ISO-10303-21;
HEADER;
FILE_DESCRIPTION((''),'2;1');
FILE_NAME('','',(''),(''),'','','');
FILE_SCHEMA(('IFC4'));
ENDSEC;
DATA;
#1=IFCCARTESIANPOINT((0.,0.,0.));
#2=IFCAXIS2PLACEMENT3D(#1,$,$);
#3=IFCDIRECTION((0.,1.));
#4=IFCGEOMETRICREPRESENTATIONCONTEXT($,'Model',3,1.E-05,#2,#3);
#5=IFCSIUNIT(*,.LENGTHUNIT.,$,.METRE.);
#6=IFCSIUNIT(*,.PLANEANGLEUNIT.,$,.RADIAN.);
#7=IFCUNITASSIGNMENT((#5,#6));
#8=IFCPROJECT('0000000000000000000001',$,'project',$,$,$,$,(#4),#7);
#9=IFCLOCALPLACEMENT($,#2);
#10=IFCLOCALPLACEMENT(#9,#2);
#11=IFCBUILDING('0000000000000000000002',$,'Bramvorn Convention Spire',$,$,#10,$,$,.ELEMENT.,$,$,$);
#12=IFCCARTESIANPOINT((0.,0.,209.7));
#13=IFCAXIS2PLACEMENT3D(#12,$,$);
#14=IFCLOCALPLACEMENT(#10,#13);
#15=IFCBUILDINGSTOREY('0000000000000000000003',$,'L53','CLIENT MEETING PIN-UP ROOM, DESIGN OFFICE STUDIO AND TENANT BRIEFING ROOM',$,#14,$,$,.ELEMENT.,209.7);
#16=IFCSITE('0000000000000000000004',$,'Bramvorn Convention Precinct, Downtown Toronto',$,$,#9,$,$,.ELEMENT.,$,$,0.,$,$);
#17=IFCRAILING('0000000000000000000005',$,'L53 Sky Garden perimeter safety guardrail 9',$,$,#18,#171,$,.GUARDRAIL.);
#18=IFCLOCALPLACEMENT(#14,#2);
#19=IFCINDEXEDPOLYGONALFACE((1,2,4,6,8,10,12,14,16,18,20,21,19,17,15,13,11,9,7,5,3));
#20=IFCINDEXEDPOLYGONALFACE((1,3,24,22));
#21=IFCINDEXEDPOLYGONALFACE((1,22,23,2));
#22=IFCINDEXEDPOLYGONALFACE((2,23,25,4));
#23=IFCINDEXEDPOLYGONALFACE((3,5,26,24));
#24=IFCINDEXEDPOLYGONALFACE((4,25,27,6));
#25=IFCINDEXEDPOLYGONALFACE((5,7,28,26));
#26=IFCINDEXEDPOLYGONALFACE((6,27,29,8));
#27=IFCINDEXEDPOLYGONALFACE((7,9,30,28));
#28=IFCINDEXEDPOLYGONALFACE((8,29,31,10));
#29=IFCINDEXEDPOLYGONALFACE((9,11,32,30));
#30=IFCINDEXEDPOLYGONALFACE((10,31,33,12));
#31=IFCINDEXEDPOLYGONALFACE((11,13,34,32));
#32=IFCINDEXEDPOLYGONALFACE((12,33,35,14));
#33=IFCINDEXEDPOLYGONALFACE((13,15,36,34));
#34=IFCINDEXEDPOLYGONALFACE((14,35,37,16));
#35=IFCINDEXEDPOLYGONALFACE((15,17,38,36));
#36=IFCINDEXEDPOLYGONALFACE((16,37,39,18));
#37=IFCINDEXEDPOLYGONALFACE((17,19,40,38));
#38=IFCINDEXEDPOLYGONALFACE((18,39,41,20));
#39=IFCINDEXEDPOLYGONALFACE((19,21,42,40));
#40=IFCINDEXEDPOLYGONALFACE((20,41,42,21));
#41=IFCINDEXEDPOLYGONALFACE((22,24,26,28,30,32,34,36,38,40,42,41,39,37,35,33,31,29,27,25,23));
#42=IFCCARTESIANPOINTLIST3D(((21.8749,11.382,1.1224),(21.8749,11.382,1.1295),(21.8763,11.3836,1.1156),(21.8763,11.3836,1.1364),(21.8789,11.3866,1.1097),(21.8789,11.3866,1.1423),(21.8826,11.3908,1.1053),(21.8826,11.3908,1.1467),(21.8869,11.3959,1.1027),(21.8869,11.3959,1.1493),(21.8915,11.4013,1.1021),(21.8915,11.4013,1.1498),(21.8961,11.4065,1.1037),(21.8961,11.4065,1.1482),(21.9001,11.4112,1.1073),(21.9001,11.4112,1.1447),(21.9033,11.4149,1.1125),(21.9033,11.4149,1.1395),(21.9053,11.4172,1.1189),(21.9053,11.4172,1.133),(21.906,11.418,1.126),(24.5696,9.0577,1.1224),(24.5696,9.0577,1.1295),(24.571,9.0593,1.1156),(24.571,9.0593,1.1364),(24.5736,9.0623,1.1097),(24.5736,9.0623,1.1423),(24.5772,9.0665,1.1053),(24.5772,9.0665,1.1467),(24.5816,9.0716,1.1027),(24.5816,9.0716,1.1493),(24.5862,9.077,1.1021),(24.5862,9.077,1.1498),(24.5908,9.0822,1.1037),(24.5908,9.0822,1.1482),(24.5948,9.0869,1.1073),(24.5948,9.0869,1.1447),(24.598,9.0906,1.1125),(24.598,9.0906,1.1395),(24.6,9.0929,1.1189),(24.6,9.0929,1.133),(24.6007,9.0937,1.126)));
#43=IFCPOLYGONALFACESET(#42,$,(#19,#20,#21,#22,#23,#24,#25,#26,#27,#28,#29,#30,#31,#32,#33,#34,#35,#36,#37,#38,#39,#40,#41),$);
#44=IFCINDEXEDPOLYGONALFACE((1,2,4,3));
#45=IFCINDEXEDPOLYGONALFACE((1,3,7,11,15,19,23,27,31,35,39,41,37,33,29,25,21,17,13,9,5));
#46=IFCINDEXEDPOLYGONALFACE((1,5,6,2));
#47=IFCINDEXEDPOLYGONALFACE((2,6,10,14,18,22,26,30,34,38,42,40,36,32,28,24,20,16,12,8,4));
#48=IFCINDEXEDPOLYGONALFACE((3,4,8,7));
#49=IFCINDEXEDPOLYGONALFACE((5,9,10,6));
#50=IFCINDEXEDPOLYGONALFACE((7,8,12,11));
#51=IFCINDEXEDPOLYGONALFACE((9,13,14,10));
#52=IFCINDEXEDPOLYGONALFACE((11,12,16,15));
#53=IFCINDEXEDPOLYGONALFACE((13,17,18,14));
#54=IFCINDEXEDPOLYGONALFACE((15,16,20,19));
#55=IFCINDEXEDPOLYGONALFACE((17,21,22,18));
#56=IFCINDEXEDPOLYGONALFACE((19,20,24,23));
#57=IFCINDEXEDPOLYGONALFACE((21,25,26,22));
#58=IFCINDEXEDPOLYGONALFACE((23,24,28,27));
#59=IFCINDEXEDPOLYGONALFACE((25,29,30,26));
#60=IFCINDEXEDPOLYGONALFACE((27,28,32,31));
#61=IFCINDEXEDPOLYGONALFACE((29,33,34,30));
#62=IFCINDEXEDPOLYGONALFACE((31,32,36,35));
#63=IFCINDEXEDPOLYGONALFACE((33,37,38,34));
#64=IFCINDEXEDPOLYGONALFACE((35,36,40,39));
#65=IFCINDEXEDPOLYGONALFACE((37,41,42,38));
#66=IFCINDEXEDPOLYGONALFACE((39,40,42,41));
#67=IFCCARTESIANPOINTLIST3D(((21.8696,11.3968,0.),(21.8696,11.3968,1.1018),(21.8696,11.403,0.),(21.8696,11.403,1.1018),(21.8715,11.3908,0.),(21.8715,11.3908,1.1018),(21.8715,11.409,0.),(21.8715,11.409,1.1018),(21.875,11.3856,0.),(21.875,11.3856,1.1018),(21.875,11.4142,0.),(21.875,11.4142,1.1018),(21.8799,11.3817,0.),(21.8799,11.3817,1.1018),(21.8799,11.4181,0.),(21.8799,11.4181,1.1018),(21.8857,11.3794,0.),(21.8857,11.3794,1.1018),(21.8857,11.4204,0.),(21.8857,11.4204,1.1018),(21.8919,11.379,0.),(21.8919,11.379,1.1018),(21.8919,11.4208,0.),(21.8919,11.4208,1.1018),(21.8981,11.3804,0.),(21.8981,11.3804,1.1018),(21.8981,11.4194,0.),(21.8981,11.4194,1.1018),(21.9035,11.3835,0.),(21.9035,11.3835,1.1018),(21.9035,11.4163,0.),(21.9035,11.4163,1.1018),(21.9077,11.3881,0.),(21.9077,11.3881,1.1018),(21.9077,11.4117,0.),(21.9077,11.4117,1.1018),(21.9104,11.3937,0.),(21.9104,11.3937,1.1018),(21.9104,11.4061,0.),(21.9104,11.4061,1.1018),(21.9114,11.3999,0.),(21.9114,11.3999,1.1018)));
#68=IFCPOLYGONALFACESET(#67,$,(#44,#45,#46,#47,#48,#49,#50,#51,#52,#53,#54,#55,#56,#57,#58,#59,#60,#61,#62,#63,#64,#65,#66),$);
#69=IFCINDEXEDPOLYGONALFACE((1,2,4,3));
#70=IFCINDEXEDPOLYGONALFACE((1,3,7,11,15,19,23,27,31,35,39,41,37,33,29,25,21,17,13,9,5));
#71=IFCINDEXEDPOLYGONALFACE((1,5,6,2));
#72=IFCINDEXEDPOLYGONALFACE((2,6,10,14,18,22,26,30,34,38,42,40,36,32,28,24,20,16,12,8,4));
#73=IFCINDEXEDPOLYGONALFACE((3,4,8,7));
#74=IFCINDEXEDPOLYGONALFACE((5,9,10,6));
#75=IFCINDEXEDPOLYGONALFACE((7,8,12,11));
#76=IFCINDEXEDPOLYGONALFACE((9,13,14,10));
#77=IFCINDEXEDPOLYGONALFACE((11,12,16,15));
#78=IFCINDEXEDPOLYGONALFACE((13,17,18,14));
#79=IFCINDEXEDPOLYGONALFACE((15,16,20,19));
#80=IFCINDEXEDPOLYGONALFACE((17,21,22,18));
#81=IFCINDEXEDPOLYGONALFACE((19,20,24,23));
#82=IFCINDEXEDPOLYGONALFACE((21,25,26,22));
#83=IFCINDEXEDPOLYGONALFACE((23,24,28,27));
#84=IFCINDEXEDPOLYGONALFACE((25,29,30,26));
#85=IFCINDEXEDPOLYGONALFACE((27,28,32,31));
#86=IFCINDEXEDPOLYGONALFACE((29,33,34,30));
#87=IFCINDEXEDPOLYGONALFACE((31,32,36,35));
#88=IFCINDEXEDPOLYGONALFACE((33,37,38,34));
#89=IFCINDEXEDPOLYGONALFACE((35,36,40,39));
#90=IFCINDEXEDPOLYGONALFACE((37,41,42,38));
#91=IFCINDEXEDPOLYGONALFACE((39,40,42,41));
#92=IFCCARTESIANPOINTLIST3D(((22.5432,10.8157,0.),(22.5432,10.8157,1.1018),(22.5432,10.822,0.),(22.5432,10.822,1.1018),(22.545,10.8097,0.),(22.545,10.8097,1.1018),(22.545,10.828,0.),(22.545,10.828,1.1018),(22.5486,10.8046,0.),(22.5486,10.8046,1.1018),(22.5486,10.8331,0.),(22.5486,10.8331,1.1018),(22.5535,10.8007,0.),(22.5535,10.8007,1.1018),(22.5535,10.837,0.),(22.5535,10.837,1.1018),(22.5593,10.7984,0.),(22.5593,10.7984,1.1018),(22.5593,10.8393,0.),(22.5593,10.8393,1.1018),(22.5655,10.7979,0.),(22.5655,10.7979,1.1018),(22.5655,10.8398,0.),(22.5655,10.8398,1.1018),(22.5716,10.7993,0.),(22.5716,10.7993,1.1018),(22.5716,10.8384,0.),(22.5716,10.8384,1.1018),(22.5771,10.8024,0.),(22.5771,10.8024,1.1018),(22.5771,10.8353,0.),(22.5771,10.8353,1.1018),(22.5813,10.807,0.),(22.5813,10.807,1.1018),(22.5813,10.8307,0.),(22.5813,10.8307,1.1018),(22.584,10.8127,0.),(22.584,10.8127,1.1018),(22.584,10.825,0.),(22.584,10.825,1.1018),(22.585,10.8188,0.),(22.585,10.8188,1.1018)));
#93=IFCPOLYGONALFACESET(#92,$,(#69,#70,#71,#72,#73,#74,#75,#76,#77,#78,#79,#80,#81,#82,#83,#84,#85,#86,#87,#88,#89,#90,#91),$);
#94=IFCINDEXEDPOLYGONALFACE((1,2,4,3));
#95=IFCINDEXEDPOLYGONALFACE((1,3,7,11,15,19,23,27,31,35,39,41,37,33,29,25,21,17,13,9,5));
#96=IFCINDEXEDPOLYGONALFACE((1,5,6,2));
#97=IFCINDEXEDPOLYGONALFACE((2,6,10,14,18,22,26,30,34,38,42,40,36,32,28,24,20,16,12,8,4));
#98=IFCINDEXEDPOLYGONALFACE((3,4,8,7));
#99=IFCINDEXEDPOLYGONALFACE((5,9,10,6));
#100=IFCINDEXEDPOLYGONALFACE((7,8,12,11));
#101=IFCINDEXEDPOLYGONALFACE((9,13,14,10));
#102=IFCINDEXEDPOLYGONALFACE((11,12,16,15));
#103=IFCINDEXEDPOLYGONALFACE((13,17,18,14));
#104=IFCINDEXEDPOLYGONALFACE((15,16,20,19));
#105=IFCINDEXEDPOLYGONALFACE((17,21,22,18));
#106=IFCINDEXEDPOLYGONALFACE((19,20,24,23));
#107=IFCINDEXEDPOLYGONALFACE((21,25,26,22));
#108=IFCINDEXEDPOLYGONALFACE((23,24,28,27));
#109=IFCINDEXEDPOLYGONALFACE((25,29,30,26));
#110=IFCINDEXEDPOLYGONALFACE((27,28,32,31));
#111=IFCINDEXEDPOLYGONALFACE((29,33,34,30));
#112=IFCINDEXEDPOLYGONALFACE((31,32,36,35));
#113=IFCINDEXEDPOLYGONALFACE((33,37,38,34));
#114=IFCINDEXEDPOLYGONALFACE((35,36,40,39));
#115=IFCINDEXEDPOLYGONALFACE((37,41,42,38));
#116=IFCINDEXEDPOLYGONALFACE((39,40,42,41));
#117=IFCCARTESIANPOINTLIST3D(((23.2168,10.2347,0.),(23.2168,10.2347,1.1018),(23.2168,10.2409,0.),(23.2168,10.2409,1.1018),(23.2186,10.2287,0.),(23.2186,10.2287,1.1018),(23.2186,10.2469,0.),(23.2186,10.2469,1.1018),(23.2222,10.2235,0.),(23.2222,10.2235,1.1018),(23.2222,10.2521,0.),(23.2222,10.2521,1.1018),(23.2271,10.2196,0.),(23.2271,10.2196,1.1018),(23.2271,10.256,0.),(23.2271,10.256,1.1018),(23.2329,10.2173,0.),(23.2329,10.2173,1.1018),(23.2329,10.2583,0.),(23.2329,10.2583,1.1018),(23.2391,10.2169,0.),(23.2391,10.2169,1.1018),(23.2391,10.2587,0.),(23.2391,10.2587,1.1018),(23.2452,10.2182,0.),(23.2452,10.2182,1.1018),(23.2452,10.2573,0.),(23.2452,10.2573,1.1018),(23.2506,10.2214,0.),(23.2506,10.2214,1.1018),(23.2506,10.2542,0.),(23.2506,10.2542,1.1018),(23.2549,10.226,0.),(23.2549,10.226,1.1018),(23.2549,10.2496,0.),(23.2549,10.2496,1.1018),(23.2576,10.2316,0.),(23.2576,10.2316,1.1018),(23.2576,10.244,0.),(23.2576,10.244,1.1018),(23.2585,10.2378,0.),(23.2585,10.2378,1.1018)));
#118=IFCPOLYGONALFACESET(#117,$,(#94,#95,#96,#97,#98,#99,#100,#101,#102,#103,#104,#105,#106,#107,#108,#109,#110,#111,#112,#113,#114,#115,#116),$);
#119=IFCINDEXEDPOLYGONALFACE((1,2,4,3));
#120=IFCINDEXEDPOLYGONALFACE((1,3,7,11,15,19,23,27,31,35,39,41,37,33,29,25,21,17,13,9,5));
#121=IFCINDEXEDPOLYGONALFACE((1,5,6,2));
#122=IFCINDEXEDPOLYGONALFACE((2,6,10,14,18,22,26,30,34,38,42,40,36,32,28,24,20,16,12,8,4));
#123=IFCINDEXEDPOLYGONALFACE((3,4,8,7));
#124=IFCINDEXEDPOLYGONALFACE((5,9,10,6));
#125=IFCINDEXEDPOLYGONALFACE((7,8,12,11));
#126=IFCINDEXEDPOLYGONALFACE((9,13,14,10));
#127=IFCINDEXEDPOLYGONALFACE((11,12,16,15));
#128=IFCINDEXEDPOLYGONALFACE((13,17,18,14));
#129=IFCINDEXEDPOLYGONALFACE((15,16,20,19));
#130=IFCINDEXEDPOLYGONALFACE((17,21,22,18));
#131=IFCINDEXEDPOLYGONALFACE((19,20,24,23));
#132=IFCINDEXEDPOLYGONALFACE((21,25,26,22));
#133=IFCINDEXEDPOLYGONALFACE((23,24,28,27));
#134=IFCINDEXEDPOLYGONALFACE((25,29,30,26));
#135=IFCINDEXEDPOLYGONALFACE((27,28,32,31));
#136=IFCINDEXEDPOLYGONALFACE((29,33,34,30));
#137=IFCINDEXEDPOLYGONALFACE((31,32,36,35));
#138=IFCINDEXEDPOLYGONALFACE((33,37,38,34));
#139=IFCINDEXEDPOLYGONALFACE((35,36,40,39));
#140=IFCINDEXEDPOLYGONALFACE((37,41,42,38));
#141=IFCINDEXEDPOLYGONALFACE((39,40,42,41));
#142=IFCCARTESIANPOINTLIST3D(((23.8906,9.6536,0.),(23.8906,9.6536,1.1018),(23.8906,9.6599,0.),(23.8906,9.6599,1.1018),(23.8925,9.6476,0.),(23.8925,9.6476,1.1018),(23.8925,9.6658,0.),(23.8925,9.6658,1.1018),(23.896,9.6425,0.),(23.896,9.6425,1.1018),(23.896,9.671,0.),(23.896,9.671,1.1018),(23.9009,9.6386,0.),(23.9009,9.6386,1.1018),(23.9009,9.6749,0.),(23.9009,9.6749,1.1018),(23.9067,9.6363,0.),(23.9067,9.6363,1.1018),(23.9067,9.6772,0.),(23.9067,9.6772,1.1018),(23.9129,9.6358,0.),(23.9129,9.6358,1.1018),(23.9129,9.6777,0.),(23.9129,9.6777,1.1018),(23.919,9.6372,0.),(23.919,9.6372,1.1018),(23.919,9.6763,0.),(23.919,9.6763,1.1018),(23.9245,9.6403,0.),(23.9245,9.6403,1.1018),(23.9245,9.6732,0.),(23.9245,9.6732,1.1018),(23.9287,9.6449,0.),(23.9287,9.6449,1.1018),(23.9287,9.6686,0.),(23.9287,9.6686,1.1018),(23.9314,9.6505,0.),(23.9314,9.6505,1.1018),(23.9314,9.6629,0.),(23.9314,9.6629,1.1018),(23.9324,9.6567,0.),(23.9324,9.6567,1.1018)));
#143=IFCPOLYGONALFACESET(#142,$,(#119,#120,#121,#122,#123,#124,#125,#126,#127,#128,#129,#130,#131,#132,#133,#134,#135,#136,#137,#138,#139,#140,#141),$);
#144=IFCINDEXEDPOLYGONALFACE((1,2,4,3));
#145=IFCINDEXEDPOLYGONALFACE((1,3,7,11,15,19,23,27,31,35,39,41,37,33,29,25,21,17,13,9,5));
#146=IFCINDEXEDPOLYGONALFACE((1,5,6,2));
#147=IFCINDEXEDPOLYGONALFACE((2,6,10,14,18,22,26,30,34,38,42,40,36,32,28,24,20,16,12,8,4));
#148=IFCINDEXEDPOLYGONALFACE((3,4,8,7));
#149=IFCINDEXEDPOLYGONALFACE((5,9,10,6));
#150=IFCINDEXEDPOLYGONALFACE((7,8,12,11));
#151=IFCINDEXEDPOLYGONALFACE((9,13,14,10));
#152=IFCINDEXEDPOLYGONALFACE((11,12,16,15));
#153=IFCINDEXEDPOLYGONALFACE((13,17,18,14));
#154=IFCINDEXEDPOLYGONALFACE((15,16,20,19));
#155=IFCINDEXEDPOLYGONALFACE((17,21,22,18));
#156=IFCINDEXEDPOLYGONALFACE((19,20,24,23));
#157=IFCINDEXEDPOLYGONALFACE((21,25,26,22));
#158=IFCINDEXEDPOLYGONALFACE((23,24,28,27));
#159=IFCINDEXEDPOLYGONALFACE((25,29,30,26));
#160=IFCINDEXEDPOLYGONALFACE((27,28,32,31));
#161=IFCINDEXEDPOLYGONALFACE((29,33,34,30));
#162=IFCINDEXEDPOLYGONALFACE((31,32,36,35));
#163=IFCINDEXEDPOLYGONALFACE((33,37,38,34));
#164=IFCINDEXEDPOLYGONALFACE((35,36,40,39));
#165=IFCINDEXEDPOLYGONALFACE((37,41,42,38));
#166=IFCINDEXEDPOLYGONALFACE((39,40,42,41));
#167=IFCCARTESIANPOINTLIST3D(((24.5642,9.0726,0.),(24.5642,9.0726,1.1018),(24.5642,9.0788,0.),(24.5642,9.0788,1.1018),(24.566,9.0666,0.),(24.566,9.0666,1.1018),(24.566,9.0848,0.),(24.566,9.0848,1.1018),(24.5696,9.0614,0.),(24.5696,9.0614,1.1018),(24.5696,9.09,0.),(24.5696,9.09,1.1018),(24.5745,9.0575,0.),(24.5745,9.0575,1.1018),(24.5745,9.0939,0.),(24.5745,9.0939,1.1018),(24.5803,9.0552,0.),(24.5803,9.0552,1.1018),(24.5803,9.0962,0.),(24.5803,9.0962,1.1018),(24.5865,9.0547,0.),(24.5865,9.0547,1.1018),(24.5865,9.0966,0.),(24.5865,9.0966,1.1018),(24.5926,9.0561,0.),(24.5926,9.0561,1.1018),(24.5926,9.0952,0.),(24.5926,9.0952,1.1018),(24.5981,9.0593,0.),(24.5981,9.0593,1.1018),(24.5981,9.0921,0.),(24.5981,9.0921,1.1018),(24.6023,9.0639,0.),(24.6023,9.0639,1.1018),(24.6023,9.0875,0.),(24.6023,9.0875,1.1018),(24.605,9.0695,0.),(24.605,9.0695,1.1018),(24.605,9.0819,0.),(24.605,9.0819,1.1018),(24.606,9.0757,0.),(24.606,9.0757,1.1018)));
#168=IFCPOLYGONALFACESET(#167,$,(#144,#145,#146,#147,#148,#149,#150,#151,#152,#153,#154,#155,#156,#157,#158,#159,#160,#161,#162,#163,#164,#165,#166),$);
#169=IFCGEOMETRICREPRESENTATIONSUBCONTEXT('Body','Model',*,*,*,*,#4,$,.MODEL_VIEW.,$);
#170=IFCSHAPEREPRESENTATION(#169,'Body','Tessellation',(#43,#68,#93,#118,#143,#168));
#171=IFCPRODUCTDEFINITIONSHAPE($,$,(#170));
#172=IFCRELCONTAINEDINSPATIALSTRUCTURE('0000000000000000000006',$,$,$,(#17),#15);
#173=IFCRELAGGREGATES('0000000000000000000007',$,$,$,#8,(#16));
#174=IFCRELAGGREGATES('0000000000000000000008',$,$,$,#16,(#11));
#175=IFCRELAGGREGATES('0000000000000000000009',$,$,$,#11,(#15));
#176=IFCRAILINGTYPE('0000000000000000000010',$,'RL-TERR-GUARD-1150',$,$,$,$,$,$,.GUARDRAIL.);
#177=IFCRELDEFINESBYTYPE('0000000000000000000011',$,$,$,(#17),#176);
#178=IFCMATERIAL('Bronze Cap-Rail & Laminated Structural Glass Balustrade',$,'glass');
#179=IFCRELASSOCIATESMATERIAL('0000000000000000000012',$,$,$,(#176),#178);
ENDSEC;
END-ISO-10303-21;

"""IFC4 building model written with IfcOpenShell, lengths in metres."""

from ifc_helpers import new_model, si_unit, direction, frame, origin, origin_2d, place, context, subcontext, project, spatial, circle, extrude, material, type_object, element, save


model = new_model("IFC4")

# Units and contexts
model_context = context("Model", 3, precision=1e-05, world=origin(), true_north=direction((0.0, 1.0)))
body_context = subcontext(model_context, "Body", "Model", "MODEL_VIEW")
ifc_project = project(units=[si_unit("LENGTHUNIT", "METRE"), si_unit("PLANEANGLEUNIT", "RADIAN")], contexts=[model_context])

# Site, building, storey
site_placement = place(None, origin())
site = spatial("IfcSite", under=ifc_project, at=site_placement, Name="Bramvorn Convention Precinct, Downtown Toronto", CompositionType="ELEMENT", RefElevation=0.0)
building_placement = place(site_placement, origin())
building = spatial("IfcBuilding", under=site, at=building_placement, Name="Bramvorn Convention Spire", CompositionType="ELEMENT")
storey_placement = place(building_placement, frame((0.0, 0.0, 209.7)))
storey = spatial("IfcBuildingStorey", under=building, at=storey_placement, Name="L53", Description="CLIENT MEETING PIN-UP ROOM, DESIGN OFFICE STUDIO AND TENANT BRIEFING ROOM", CompositionType="ELEMENT", Elevation=209.7)

# Railing
ifc_material_1 = material(Name="Bronze Cap-Rail & Laminated Structural Glass Balustrade", Category="glass")
railing_type = type_object("IfcRailingType", Name="RL-TERR-GUARD-1150", PredefinedType="GUARDRAIL", material=ifc_material_1)
railing_1_placement = place(storey_placement, frame((21.8904, 11.3999, 0.0)))
element("IfcRailing", 1, at=railing_1_placement, inside=storey, type_object=railing_type, Name="L53 Sky Garden perimeter safety guardrail 9", PredefinedType="GUARDRAIL", context=body_context, shape_type="SweptSolid", body=[
    extrude(circle(Radius=0.0239, at=origin_2d()), frame((0.0, 0.0, 1.126), z_axis=(0.757229, -0.65315, 0.0), x_axis=(0.65315, 0.757229, 0.0)), (0.0, 0.0, 1.0), 3.5586),
    extrude(circle(Radius=0.021, at=origin_2d()), origin(), (0.0, 0.0, 1.0), 1.1018),
    extrude(circle(Radius=0.021, at=origin_2d()), frame((0.6736, -0.5811, 0.0)), (0.0, 0.0, 1.0), 1.1018),
    extrude(circle(Radius=0.021, at=origin_2d()), frame((1.3472, -1.1621, 0.0)), (0.0, 0.0, 1.0), 1.1018),
    extrude(circle(Radius=0.021, at=origin_2d()), frame((2.021, -1.7432, 0.0)), (0.0, 0.0, 1.0), 1.1018),
    extrude(circle(Radius=0.021, at=origin_2d()), frame((2.6946, -2.3242, 0.0)), (0.0, 0.0, 1.0), 1.1018),
])

save(model, "model.ifc")
